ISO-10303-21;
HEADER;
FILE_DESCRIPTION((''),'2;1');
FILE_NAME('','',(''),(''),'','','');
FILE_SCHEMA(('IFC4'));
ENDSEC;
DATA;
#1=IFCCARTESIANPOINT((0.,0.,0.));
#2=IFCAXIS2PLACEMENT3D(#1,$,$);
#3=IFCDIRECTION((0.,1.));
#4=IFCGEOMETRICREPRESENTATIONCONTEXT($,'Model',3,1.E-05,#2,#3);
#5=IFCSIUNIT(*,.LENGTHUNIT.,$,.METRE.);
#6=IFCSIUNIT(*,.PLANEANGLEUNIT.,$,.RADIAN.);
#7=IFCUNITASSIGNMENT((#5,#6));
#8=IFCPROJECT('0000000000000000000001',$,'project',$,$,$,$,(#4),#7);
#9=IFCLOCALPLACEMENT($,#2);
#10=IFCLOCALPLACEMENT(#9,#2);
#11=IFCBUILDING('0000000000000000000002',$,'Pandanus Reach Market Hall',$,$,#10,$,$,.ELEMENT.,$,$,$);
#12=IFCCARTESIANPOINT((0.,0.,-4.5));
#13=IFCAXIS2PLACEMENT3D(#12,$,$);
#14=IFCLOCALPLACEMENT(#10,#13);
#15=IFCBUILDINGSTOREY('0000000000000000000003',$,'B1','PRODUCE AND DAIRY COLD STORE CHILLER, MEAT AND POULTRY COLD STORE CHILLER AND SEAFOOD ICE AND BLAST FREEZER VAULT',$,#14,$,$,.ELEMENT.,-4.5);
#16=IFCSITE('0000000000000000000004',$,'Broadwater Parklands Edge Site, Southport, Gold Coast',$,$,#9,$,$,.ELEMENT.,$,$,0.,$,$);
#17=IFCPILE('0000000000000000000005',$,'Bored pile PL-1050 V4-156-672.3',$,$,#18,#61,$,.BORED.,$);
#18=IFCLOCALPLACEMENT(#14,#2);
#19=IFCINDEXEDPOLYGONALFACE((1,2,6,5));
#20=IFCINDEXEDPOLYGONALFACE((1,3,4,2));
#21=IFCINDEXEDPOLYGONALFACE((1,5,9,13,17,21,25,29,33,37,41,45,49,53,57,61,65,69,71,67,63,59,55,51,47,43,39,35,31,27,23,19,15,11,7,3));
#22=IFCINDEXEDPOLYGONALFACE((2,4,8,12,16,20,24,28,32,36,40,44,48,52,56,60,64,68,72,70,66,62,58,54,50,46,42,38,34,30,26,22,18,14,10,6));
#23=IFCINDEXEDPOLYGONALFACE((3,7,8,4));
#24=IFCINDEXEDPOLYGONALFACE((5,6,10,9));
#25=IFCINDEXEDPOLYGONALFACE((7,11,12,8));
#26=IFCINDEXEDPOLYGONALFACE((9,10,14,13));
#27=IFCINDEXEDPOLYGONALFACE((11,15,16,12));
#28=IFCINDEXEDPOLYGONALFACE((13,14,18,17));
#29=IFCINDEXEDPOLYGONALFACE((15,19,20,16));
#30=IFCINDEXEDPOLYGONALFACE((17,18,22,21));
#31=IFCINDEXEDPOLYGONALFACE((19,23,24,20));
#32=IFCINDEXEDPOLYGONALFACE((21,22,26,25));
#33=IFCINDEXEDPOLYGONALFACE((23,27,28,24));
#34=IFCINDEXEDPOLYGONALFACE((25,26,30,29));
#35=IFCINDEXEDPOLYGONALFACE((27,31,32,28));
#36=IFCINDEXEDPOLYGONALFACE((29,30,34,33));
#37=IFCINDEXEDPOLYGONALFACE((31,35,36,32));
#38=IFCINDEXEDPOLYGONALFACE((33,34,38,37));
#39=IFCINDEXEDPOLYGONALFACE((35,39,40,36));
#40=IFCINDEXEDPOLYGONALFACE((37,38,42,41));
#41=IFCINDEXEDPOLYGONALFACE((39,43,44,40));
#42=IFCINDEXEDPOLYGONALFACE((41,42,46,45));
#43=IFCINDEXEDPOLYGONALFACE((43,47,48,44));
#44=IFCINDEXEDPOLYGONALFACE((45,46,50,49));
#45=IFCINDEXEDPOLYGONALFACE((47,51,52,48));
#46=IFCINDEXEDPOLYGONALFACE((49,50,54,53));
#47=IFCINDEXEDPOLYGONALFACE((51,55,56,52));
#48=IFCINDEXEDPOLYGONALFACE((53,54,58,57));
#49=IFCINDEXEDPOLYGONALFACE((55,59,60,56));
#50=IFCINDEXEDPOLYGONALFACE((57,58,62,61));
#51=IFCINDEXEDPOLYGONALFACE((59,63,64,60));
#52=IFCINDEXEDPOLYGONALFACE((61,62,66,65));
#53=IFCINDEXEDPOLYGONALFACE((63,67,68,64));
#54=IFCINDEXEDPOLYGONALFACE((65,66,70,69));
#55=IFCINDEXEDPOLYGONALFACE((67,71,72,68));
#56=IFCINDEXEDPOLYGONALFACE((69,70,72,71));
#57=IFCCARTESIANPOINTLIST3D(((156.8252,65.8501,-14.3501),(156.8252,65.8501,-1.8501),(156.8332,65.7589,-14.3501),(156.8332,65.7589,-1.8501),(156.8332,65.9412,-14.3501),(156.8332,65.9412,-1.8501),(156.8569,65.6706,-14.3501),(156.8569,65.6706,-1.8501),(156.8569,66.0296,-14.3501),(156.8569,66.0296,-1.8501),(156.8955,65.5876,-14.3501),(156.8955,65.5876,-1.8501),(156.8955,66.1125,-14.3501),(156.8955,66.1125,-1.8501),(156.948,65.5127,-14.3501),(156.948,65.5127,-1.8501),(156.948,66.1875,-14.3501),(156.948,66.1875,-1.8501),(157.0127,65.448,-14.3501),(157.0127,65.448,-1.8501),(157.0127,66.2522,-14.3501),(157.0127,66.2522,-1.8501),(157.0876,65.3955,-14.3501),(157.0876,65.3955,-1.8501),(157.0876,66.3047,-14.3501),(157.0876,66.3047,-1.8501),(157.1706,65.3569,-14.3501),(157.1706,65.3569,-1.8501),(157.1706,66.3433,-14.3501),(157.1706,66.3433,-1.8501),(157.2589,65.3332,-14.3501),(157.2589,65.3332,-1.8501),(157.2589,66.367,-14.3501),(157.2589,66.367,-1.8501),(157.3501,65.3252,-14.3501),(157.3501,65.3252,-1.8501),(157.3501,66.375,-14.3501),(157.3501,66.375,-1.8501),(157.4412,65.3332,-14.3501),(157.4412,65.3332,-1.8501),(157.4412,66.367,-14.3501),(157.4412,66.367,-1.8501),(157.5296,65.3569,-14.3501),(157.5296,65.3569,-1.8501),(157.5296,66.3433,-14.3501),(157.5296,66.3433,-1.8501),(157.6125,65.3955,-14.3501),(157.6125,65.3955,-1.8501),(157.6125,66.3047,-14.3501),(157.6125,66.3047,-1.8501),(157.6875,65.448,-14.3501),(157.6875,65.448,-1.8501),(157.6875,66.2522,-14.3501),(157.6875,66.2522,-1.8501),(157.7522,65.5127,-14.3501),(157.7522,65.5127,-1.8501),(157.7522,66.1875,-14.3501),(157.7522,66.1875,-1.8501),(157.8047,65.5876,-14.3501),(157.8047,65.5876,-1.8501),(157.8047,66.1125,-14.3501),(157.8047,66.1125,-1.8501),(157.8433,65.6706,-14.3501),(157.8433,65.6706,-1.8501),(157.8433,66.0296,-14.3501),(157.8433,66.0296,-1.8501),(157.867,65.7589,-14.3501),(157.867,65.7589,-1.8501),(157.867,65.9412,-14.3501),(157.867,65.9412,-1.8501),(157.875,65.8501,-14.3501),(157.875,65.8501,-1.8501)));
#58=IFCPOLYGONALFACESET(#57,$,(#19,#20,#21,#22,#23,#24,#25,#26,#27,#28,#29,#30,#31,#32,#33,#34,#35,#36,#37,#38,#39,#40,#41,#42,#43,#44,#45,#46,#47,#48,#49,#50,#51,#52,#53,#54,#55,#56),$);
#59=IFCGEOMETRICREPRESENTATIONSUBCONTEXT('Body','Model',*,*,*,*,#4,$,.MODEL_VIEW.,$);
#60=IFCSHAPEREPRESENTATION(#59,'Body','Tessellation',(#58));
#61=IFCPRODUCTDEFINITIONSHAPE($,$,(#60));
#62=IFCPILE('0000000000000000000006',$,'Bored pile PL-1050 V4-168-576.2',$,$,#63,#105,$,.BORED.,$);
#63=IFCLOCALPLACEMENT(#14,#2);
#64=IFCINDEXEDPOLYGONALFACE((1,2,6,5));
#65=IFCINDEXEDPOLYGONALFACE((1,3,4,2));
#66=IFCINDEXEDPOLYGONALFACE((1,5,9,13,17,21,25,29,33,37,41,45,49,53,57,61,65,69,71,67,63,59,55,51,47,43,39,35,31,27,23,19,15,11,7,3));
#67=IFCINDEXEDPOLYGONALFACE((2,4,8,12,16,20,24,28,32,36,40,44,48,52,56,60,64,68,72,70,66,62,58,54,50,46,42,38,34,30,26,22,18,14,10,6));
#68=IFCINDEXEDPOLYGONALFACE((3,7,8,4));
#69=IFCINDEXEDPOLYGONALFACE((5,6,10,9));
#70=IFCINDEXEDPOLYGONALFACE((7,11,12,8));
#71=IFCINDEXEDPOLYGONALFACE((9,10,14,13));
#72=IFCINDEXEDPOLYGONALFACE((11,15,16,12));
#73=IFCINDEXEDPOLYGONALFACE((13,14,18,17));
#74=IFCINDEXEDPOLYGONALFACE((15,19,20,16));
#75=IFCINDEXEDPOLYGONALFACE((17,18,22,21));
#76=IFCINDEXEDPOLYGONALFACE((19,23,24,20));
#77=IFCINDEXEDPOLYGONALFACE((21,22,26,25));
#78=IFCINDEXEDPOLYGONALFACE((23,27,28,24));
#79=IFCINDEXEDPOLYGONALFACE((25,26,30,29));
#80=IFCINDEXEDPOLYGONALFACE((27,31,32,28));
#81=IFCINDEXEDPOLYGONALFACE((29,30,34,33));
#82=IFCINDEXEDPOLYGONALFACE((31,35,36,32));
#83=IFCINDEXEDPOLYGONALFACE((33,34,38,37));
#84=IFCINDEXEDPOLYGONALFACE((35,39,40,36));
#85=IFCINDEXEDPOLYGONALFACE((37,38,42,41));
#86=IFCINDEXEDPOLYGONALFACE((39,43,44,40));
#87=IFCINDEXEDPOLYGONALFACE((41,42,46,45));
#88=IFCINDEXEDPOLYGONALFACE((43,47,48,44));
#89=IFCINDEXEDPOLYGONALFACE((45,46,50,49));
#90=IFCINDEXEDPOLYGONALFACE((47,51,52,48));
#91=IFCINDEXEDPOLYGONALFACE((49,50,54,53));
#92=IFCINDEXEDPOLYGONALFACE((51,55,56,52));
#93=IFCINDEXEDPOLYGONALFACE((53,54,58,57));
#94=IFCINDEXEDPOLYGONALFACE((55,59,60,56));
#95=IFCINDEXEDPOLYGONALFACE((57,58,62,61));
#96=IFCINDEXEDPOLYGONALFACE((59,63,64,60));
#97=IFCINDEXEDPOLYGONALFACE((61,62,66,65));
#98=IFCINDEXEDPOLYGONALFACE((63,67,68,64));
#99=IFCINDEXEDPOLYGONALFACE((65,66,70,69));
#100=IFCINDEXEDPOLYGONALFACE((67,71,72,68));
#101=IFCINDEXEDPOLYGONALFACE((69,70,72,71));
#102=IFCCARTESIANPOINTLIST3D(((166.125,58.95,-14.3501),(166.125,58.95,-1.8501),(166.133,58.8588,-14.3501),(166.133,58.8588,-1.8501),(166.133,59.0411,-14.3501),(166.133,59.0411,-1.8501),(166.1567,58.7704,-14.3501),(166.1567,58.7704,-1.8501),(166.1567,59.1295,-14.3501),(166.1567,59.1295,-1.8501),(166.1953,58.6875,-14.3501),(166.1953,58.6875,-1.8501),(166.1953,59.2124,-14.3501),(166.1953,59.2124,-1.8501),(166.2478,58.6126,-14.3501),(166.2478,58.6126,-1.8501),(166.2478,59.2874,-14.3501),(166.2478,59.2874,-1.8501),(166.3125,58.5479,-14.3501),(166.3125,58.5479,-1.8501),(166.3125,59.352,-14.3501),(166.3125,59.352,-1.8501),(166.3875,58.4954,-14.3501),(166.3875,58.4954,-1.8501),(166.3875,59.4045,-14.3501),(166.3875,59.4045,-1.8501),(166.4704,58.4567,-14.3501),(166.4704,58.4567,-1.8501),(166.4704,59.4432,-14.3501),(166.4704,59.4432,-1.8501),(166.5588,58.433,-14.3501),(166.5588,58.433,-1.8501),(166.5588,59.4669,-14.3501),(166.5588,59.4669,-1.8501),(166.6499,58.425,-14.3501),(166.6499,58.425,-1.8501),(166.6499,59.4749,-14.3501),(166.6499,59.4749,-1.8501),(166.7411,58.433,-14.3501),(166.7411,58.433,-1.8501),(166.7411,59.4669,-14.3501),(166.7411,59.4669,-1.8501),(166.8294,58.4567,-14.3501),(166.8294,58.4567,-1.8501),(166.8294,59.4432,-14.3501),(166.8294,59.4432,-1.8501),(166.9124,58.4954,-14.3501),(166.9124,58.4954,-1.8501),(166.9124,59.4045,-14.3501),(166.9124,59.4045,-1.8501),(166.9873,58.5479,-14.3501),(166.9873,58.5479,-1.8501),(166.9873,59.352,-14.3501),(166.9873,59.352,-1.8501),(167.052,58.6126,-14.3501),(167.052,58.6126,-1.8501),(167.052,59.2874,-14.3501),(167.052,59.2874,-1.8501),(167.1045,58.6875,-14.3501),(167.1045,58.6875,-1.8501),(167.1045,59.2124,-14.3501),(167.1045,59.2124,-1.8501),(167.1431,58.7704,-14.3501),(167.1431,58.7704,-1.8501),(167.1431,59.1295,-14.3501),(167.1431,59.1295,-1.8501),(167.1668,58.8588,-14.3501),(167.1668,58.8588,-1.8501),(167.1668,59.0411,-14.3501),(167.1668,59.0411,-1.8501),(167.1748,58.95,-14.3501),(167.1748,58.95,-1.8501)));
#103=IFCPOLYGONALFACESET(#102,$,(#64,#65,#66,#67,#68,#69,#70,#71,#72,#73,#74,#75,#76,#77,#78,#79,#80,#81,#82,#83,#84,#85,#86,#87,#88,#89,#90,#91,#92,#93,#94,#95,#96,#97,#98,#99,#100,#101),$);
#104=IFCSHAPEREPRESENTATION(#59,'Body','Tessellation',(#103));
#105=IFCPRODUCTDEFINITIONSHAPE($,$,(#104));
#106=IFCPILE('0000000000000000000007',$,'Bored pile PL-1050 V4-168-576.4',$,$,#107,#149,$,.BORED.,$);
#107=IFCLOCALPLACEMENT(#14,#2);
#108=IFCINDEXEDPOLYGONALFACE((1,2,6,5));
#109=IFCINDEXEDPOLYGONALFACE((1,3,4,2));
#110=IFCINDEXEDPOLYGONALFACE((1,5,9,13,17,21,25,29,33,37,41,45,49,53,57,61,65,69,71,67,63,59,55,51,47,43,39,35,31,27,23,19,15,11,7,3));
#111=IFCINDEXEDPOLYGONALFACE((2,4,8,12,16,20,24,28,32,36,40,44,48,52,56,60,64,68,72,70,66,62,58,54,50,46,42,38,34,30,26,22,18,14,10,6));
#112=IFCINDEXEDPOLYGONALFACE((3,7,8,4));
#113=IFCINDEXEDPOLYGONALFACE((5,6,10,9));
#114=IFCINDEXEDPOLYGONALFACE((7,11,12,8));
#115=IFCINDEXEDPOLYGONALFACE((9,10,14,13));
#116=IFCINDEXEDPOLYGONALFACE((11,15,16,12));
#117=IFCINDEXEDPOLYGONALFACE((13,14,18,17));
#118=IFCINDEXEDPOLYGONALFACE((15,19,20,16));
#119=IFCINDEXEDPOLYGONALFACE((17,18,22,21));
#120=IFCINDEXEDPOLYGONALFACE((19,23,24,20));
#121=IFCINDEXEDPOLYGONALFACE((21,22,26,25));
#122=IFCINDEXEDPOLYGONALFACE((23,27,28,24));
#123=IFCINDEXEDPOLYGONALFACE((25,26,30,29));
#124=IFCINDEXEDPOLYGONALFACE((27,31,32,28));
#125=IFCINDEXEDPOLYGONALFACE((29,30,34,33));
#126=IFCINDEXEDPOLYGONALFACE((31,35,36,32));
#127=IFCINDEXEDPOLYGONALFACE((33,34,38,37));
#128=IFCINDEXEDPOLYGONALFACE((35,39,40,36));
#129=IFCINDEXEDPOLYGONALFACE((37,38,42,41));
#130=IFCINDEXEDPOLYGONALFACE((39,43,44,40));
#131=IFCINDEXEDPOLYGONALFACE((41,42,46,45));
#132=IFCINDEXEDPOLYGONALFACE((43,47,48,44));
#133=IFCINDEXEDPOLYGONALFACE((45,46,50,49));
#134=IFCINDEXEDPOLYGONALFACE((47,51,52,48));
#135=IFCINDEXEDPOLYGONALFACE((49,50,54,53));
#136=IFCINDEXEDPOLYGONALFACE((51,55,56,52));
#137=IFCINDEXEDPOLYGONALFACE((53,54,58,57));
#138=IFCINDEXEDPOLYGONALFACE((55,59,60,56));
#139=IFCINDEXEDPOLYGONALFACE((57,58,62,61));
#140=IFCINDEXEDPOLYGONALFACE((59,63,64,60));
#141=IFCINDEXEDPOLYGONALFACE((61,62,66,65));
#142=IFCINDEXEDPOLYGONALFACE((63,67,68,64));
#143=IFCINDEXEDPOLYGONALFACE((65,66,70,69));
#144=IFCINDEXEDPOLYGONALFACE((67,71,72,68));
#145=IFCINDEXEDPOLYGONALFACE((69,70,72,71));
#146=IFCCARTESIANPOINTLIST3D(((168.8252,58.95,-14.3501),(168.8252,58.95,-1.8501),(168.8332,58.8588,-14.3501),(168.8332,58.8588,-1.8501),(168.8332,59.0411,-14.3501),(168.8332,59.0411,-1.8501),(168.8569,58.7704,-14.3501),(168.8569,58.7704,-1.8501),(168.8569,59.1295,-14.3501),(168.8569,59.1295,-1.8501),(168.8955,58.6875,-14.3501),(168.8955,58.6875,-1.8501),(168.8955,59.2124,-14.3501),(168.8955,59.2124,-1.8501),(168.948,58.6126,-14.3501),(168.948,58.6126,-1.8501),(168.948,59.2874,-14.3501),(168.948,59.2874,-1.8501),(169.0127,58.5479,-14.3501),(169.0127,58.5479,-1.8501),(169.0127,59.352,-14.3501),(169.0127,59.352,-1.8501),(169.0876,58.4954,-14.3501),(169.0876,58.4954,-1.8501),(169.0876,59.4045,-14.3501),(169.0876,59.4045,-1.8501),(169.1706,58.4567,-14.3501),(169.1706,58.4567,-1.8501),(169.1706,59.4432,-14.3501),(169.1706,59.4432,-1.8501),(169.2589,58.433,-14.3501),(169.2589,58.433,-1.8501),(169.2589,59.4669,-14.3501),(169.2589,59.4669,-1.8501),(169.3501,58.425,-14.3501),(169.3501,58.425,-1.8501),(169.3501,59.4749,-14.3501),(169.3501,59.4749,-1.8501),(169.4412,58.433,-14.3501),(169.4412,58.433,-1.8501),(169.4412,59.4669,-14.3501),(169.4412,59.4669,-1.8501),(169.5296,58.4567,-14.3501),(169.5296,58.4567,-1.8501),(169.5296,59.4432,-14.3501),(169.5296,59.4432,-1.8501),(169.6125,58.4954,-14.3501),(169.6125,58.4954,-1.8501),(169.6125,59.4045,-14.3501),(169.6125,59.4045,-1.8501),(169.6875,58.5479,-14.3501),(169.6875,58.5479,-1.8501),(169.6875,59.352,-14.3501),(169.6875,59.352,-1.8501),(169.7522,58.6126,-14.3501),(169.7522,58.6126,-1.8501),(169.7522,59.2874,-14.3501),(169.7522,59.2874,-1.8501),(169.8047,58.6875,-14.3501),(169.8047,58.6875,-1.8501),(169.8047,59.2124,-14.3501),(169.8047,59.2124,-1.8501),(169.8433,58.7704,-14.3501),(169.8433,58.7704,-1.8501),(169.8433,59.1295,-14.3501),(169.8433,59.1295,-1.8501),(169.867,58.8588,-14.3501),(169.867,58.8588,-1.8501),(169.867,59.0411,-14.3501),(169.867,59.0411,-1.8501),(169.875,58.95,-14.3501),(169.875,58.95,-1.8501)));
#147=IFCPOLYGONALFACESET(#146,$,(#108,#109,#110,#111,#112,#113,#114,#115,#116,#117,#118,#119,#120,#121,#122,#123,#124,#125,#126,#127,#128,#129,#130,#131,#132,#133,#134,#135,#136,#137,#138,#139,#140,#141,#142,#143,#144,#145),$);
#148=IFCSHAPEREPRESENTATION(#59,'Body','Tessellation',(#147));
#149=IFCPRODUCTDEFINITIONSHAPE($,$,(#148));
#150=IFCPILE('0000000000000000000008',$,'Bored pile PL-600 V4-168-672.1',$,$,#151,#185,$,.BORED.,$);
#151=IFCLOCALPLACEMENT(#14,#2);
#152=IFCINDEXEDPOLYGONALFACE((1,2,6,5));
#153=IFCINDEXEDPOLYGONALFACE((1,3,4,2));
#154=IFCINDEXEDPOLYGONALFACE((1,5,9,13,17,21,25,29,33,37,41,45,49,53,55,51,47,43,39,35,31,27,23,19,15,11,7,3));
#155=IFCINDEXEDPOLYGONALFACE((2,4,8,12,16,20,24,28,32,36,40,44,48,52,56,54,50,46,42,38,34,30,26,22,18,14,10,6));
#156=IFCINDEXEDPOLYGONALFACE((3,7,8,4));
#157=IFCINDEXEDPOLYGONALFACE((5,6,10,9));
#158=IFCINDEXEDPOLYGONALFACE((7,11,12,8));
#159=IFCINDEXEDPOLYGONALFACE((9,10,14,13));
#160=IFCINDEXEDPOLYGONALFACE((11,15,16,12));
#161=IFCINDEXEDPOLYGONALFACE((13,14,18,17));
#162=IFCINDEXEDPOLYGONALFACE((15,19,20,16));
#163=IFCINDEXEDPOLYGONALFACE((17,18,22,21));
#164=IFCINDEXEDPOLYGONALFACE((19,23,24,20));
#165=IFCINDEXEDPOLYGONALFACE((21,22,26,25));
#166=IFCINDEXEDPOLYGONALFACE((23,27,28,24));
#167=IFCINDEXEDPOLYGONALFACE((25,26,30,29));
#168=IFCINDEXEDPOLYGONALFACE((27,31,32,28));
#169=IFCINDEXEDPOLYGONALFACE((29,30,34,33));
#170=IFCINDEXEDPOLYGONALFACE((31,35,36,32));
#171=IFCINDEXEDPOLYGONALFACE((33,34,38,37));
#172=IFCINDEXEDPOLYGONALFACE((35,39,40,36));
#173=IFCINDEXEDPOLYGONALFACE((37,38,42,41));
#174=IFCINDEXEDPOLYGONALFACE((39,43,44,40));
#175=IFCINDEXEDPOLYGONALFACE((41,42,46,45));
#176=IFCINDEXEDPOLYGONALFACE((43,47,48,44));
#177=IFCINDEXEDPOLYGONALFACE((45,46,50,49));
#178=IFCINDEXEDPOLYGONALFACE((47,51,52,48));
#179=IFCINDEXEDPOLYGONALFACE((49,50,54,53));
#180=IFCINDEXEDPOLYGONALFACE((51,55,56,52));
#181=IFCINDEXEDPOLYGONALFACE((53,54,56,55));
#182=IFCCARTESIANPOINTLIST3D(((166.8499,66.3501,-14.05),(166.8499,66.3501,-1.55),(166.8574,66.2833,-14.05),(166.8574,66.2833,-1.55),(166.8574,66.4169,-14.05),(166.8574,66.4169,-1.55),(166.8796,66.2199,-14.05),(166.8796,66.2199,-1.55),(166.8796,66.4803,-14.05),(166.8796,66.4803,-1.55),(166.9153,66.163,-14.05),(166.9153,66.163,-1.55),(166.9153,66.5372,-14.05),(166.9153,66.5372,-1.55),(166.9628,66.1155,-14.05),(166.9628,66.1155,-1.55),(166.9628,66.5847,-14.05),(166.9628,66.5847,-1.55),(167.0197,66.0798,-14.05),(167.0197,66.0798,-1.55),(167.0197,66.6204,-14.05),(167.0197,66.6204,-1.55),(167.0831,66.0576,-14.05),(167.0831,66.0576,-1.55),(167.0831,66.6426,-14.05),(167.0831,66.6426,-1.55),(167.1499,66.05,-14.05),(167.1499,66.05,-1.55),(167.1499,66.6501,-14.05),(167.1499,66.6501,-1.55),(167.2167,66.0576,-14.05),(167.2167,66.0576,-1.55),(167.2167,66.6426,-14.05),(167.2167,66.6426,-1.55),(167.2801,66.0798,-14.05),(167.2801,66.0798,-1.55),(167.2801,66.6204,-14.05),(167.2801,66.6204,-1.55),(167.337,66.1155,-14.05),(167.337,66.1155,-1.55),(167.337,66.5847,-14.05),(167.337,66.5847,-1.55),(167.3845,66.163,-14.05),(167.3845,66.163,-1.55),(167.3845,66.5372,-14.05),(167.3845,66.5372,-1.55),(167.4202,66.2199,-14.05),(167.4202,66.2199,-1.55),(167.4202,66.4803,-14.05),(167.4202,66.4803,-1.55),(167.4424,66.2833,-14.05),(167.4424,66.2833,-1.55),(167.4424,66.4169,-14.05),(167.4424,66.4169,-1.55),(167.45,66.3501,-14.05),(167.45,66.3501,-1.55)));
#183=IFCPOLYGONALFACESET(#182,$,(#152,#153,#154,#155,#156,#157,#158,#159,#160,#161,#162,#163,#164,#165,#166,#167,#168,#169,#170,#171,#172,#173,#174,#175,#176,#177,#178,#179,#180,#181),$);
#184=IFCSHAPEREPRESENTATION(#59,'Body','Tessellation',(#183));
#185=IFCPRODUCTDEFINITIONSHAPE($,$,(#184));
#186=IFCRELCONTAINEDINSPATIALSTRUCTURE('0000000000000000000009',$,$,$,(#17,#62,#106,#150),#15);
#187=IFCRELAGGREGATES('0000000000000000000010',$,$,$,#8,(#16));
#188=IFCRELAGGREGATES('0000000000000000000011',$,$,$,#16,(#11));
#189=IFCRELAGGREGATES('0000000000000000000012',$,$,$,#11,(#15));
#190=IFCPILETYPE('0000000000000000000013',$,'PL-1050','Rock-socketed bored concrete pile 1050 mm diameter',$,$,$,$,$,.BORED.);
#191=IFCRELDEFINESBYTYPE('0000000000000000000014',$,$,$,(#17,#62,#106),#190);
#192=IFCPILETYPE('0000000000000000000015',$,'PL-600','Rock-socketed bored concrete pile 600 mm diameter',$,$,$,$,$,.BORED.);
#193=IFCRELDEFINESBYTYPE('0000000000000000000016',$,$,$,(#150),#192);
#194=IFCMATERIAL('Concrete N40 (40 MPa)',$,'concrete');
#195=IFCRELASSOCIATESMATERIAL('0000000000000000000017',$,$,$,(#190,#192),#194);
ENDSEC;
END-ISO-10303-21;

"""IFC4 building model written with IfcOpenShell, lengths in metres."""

from ifc_helpers import new_model, si_unit, direction, frame, origin, origin_2d, place, context, subcontext, project, spatial, circle, extrude, material, material_profile, profile_set, type_object, element, save


model = new_model("IFC4")

# Units and contexts
model_context = context("Model", 3, precision=1e-05, world=origin(), true_north=direction((0.0, 1.0)))
body_context = subcontext(model_context, "Body", "Model", "MODEL_VIEW")
ifc_project = project(units=[si_unit("LENGTHUNIT", "METRE"), si_unit("PLANEANGLEUNIT", "RADIAN")], contexts=[model_context])

# Site, building, storey
site_placement = place(None, origin())
site = spatial("IfcSite", under=ifc_project, at=site_placement, Name="Broadwater Parklands Edge Site, Southport, Gold Coast", CompositionType="ELEMENT", RefElevation=0.0)
building_placement = place(site_placement, origin())
building = spatial("IfcBuilding", under=site, at=building_placement, Name="Pandanus Reach Market Hall", CompositionType="ELEMENT")
storey_placement = place(building_placement, frame((0.0, 0.0, -4.5)))
storey = spatial("IfcBuildingStorey", under=building, at=storey_placement, Name="B1", Description="PRODUCE AND DAIRY COLD STORE CHILLER, MEAT AND POULTRY COLD STORE CHILLER AND SEAFOOD ICE AND BLAST FREEZER VAULT", CompositionType="ELEMENT", Elevation=-4.5)

# Shared definitions
ifc_material_1 = material(Name="Concrete N40 (40 MPa)", Category="concrete")

# Piles
ifc_material_profile_1 = material_profile(ifc_material_1, circle(Radius=0.5249, at=origin_2d()), Name="PILE-1050D", Category="LoadBearing")
ifc_profile_set_1 = profile_set([ifc_material_profile_1], Name="Concrete N40 (40 MPa)")
pile_type_1 = type_object("IfcPileType", Name="PL-1050", Description="Rock-socketed bored concrete pile 1050 mm diameter", PredefinedType="BORED", material=ifc_profile_set_1)
for number, where, z_axis, x_axis, name in (
    (1, (157.3501, 65.8501, -1.8501), (0.0, 0.0, -1.0), (1.0, 0.0, 0.0), "Bored pile PL-1050 V4-156-672.3"),
    (2, (166.6499, 58.95, -1.8501), (0.0, 0.0, -1.0), (1.0, 0.0, 0.0), "Bored pile PL-1050 V4-168-576.2"),
    (3, (169.3501, 58.95, -1.8501), (0.0, 0.0, -1.0), (1.0, 0.0, 0.0), "Bored pile PL-1050 V4-168-576.4"),
):
    element("IfcPile", number, at=place(storey_placement, frame(where, z_axis=z_axis, x_axis=x_axis)), inside=storey, type_object=pile_type_1, Name=name, PredefinedType="BORED", context=body_context, shape_type="SweptSolid", body=[
        extrude(circle(Radius=0.5249, at=origin_2d()), origin(), (0.0, 0.0, 1.0), 12.5),
    ])
ifc_material_profile_2 = material_profile(ifc_material_1, circle(Radius=0.3, at=origin_2d()), Name="PILE-600D", Category="LoadBearing")
ifc_profile_set_2 = profile_set([ifc_material_profile_2], Name="Concrete N40 (40 MPa)")
pile_type_2 = type_object("IfcPileType", Name="PL-600", Description="Rock-socketed bored concrete pile 600 mm diameter", PredefinedType="BORED", material=ifc_profile_set_2)
for number, where, z_axis, x_axis, name in (
    (4, (167.1499, 66.3501, -1.55), (0.0, 0.0, -1.0), (1.0, 0.0, 0.0), "Bored pile PL-600 V4-168-672.1"),
):
    element("IfcPile", number, at=place(storey_placement, frame(where, z_axis=z_axis, x_axis=x_axis)), inside=storey, type_object=pile_type_2, Name=name, PredefinedType="BORED", context=body_context, shape_type="SweptSolid", body=[
        extrude(circle(Radius=0.3, at=origin_2d()), origin(), (0.0, 0.0, 1.0), 12.5),
    ])

save(model, "model.ifc")
